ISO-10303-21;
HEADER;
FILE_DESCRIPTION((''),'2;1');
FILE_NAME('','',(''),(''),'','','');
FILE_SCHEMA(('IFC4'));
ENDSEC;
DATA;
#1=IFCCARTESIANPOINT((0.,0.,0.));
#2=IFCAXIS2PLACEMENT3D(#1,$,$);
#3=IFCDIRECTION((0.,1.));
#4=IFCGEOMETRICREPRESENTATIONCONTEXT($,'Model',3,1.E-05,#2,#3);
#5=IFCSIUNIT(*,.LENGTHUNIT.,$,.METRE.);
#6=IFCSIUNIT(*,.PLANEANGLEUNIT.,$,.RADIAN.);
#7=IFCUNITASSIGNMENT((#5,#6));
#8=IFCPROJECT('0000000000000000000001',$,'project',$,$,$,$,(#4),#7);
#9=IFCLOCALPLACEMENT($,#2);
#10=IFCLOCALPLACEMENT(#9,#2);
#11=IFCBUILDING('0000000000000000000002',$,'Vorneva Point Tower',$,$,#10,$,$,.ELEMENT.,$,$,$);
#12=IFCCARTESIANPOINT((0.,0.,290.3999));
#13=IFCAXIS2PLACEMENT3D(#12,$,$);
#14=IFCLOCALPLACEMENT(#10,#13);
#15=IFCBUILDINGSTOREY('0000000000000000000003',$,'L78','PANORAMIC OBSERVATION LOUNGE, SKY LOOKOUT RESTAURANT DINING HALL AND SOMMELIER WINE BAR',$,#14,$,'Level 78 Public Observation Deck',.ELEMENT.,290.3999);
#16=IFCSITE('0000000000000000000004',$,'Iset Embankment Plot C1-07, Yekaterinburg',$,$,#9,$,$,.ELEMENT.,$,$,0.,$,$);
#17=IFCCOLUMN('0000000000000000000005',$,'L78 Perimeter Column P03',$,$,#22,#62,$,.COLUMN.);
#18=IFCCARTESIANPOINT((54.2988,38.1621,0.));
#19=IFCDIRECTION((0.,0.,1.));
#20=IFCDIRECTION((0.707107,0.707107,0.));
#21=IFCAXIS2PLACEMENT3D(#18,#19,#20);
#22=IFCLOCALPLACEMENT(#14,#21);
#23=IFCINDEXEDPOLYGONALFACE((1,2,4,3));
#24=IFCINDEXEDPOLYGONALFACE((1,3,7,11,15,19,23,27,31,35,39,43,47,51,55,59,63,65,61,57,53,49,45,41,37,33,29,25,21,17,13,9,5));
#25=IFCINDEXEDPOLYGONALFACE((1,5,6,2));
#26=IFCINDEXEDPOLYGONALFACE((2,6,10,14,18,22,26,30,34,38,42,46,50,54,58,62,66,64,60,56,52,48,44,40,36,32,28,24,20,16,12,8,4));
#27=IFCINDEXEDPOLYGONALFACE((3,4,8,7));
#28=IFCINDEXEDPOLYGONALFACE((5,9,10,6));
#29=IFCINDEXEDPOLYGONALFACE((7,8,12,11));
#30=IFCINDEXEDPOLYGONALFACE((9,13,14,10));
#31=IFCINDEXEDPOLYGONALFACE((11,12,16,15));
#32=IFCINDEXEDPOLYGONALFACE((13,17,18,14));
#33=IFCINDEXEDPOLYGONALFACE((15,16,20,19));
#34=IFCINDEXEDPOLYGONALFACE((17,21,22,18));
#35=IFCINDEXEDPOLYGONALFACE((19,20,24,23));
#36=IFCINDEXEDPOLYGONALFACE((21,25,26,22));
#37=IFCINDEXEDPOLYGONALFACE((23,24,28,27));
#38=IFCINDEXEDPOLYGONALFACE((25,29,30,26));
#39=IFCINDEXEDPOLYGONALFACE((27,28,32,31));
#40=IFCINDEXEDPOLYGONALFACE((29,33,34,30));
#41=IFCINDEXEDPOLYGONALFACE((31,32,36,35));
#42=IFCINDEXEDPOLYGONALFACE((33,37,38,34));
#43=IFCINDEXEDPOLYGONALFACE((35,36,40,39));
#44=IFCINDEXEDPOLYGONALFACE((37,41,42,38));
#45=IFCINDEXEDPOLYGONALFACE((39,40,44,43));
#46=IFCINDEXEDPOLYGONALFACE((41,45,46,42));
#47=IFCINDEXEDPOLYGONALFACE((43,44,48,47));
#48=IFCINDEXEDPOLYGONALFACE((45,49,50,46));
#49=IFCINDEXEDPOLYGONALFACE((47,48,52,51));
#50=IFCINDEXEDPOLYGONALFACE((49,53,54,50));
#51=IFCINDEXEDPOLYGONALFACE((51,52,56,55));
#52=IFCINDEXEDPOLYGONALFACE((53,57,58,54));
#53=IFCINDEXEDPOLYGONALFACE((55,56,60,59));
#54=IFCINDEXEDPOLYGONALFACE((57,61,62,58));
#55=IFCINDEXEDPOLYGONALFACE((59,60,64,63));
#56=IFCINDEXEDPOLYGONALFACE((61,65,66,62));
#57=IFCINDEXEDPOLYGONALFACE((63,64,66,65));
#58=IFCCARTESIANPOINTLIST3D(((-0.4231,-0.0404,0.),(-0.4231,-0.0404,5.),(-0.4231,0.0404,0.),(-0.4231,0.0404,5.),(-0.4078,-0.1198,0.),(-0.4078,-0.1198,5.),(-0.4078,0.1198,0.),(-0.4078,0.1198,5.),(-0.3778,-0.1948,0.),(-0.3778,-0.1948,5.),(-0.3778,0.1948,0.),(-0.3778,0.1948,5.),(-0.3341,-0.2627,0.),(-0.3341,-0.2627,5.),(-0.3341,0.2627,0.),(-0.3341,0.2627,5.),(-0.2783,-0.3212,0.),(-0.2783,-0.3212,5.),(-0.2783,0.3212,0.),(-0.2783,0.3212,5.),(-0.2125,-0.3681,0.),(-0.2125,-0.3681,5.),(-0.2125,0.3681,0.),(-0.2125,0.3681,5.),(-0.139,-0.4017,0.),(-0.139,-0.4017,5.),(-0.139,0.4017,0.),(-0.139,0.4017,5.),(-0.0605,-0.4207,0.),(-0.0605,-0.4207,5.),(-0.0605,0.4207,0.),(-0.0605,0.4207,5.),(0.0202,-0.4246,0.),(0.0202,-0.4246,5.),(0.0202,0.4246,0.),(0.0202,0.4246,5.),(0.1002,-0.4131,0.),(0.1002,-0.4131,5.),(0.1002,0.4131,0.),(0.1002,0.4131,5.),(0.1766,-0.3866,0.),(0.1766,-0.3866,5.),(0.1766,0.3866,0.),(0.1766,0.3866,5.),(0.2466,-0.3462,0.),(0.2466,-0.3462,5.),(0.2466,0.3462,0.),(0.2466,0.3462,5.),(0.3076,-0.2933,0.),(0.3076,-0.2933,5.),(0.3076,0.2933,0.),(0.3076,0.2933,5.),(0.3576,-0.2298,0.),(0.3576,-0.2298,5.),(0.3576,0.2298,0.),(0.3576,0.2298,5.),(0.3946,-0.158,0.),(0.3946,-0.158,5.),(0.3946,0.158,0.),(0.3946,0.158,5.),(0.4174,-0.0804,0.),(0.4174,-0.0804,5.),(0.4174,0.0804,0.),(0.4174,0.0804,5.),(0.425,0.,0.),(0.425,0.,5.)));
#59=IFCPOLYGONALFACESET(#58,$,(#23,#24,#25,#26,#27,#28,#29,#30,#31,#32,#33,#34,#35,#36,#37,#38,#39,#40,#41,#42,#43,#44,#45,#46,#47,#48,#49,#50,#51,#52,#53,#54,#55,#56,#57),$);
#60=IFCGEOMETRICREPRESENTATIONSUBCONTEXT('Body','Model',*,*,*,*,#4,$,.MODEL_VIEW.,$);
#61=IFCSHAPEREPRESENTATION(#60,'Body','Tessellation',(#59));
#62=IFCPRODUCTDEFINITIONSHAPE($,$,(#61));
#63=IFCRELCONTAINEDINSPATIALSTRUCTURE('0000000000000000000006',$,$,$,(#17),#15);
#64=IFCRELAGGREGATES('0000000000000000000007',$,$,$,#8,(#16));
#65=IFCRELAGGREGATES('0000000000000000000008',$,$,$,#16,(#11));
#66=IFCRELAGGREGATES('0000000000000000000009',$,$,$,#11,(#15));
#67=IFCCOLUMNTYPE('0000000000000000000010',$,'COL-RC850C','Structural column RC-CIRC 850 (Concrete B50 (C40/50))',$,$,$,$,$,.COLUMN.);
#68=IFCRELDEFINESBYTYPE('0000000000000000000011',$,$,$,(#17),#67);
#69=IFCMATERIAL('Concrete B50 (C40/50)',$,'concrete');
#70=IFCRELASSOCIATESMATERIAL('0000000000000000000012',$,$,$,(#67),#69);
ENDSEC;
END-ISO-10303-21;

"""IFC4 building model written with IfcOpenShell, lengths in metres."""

from ifc_helpers import new_model, si_unit, direction, frame, origin, origin_2d, place, context, subcontext, project, spatial, circle, extrude, material, material_profile, profile_set, type_object, element, save


model = new_model("IFC4")

# Units and contexts
model_context = context("Model", 3, precision=1e-05, world=origin(), true_north=direction((0.0, 1.0)))
body_context = subcontext(model_context, "Body", "Model", "MODEL_VIEW")
ifc_project = project(units=[si_unit("LENGTHUNIT", "METRE"), si_unit("PLANEANGLEUNIT", "RADIAN")], contexts=[model_context])

# Site, building, storey
site_placement = place(None, origin())
site = spatial("IfcSite", under=ifc_project, at=site_placement, Name="Iset Embankment Plot C1-07, Yekaterinburg", CompositionType="ELEMENT", RefElevation=0.0)
building_placement = place(site_placement, origin())
building = spatial("IfcBuilding", under=site, at=building_placement, Name="Vorneva Point Tower", CompositionType="ELEMENT")
storey_placement = place(building_placement, frame((0.0, 0.0, 290.3999)))
storey = spatial("IfcBuildingStorey", under=building, at=storey_placement, Name="L78", Description="PANORAMIC OBSERVATION LOUNGE, SKY LOOKOUT RESTAURANT DINING HALL AND SOMMELIER WINE BAR", LongName="Level 78 Public Observation Deck", CompositionType="ELEMENT", Elevation=290.3999)

# Column
ifc_material_1 = material(Name="Concrete B50 (C40/50)", Category="concrete")
ifc_material_profile_1 = material_profile(ifc_material_1, circle(Radius=0.425, at=origin_2d()), Name="RC-CIRC 850")
ifc_profile_set_1 = profile_set([ifc_material_profile_1], Name="Concrete B50 (C40/50)")
column_type_1 = type_object("IfcColumnType", Name="COL-RC850C", Description="Structural column RC-CIRC 850 (Concrete B50 (C40/50))", PredefinedType="COLUMN", material=ifc_profile_set_1)
column_1_placement = place(storey_placement, frame((54.2988, 38.1621, 0.0), z_axis=(0.0, 0.0, 1.0), x_axis=(0.707107, 0.707107, 0.0)))
element("IfcColumn", 1, at=column_1_placement, inside=storey, type_object=column_type_1, Name="L78 Perimeter Column P03", PredefinedType="COLUMN", context=body_context, shape_type="SweptSolid", body=[
    extrude(circle(Radius=0.425, at=origin_2d()), origin(), (0.0, 0.0, 1.0), 5.0),
])

save(model, "model.ifc")
